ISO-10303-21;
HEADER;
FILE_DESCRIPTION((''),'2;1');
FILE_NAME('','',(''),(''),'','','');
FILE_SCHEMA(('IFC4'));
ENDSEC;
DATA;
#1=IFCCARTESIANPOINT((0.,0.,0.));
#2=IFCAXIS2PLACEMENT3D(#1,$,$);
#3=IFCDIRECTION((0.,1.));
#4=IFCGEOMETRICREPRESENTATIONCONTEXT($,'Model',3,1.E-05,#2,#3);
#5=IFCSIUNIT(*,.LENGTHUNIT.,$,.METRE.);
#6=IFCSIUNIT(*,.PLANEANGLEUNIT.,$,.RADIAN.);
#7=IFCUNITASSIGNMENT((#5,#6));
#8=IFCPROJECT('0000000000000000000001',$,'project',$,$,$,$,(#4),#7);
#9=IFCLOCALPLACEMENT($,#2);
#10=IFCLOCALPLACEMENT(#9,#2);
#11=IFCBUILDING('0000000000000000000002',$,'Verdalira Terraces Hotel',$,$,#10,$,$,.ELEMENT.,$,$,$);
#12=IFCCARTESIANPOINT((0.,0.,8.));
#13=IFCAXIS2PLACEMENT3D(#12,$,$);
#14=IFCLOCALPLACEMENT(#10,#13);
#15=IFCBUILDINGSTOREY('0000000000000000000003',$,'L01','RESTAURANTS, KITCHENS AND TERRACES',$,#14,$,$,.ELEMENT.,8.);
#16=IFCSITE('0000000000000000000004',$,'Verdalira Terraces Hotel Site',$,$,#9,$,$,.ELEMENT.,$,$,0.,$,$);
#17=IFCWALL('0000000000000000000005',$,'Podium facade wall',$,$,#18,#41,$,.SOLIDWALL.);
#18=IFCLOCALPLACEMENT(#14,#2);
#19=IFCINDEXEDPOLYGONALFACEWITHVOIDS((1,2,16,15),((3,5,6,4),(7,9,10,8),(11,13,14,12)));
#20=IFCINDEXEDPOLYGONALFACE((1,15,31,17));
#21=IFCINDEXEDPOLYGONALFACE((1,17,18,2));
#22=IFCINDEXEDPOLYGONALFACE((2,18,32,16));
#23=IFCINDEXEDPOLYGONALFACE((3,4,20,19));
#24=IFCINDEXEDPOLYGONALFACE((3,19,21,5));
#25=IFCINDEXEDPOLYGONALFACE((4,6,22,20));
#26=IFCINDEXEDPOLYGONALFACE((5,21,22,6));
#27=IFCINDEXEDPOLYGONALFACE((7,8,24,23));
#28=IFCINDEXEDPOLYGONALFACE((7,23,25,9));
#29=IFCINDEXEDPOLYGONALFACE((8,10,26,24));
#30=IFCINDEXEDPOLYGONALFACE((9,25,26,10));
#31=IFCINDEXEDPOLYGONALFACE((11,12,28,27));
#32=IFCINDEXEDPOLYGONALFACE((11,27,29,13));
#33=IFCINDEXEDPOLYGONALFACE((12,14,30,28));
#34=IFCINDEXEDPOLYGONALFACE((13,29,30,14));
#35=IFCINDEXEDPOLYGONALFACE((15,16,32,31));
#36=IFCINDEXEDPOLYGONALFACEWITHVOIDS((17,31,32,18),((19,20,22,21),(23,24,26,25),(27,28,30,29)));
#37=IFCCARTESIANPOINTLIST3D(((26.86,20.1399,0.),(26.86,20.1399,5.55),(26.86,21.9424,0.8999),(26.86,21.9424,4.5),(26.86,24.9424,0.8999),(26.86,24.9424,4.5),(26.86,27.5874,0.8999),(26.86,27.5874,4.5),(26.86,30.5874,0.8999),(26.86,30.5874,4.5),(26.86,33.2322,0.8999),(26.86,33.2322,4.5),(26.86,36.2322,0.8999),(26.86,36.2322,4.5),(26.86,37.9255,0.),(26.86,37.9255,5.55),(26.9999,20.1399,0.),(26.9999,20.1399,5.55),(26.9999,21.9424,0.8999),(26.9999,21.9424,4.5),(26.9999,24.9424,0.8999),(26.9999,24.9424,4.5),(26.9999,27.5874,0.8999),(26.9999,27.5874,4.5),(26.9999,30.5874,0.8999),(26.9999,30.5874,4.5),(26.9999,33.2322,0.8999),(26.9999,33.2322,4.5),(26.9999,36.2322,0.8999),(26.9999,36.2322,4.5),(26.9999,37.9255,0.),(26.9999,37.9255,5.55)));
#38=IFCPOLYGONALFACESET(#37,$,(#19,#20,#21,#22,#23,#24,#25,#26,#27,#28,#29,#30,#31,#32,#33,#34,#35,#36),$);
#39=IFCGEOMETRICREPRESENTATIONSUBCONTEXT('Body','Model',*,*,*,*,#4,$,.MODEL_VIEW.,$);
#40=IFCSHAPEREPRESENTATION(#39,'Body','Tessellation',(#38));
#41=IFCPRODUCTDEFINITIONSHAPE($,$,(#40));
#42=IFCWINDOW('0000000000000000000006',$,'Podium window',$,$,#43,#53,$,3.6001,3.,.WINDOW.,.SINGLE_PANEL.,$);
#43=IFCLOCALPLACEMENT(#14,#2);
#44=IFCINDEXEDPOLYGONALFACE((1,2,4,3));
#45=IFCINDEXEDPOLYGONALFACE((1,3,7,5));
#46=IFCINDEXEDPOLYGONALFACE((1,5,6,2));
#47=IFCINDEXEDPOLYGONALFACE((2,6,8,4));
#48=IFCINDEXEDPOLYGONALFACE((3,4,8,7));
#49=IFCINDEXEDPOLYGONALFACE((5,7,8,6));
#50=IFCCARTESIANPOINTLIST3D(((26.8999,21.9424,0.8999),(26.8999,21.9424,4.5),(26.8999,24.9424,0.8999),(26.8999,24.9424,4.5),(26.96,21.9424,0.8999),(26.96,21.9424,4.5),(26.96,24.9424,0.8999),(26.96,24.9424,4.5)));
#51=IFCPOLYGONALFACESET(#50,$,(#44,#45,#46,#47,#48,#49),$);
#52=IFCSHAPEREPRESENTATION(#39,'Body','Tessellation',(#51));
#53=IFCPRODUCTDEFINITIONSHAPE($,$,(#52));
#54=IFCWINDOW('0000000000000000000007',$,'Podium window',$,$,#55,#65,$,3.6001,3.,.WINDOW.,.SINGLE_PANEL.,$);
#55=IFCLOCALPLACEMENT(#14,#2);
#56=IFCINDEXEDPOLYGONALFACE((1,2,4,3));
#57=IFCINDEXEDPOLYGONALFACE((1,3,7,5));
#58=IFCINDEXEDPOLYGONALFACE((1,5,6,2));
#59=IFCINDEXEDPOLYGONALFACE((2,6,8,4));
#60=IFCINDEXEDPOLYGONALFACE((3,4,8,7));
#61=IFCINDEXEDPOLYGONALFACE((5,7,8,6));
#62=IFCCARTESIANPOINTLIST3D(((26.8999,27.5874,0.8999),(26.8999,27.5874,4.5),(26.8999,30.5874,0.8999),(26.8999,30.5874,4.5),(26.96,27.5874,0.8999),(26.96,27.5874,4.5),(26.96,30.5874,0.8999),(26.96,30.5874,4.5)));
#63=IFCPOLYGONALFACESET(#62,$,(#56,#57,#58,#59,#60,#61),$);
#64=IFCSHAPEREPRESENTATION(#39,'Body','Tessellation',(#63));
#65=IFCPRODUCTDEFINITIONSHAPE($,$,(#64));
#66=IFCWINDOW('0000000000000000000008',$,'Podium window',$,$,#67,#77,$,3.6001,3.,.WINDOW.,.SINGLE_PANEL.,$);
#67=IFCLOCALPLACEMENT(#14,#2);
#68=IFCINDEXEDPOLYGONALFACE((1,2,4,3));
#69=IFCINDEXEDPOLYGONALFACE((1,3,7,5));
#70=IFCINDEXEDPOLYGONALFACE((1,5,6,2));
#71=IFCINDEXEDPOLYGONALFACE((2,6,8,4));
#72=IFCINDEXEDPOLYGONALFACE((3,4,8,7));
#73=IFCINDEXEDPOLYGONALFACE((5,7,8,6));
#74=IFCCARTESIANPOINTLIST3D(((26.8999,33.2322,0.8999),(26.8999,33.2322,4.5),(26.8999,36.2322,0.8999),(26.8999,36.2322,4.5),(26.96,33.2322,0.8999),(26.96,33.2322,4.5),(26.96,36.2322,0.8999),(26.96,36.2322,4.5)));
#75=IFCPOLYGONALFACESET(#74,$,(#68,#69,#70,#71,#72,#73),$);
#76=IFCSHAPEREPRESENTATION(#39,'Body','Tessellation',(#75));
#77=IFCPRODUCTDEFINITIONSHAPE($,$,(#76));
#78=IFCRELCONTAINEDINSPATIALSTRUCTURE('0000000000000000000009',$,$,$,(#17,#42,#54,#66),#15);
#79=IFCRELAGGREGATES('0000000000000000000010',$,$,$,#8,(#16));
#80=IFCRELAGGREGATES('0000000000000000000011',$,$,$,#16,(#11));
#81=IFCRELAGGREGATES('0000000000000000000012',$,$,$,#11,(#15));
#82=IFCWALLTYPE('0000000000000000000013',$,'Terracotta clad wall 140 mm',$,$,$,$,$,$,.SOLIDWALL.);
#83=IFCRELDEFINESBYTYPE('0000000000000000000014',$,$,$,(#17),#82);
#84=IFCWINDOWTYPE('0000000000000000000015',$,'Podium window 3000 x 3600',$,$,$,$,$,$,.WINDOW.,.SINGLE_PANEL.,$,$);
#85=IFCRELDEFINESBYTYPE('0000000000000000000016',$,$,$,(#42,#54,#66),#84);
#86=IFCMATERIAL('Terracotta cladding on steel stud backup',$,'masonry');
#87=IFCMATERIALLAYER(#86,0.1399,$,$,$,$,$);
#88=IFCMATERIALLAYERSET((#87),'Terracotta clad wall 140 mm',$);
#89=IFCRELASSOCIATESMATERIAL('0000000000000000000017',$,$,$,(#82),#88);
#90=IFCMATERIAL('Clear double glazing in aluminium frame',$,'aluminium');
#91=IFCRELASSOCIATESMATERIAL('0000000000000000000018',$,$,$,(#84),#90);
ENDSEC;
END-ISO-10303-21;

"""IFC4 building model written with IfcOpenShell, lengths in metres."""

from ifc_helpers import new_model, si_unit, direction, frame, frame_2d, origin, place, context, subcontext, project, spatial, rectangle, extrude, material, layer, layer_set, type_object, element, fill, save


model = new_model("IFC4")

# Units and contexts
model_context = context("Model", 3, precision=1e-05, world=origin(), true_north=direction((0.0, 1.0)))
body_context = subcontext(model_context, "Body", "Model", "MODEL_VIEW")
ifc_project = project(units=[si_unit("LENGTHUNIT", "METRE"), si_unit("PLANEANGLEUNIT", "RADIAN")], contexts=[model_context])

# Site, building, storey
site_placement = place(None, origin())
site = spatial("IfcSite", under=ifc_project, at=site_placement, Name="Verdalira Terraces Hotel Site", CompositionType="ELEMENT", RefElevation=0.0)
building_placement = place(site_placement, origin())
building = spatial("IfcBuilding", under=site, at=building_placement, Name="Verdalira Terraces Hotel", CompositionType="ELEMENT")
storey_placement = place(building_placement, frame((0.0, 0.0, 8.0)))
storey = spatial("IfcBuildingStorey", under=building, at=storey_placement, Name="L01", Description="RESTAURANTS, KITCHENS AND TERRACES", CompositionType="ELEMENT", Elevation=8.0)

# Shared definitions
ifc_material_1 = material(Name="Terracotta cladding on steel stud backup", Category="masonry")
ifc_layer_1 = layer(ifc_material_1, 0.1399)
ifc_layer_set_1 = layer_set([ifc_layer_1], Name="Terracotta clad wall 140 mm")
wall_type_1 = type_object("IfcWallType", Name="Terracotta clad wall 140 mm", PredefinedType="SOLIDWALL", material=ifc_layer_set_1)

# Wall, openings, windows
wall_1_placement = place(storey_placement, frame((26.9299, 20.1399, 0.0), z_axis=(0.0, 0.0, 1.0), x_axis=(0.0, 1.0, 0.0)))
wall_1 = element("IfcWall", 1, at=wall_1_placement, inside=storey, type_object=wall_type_1, Name="Podium facade wall", PredefinedType="SOLIDWALL", context=body_context, shape_type="SweptSolid", body=[
    extrude(rectangle(XDim=17.7856, YDim=0.1399, at=frame_2d((8.8928, 0.0))), origin(), (0.0, 0.0, 1.0), 5.55),
])
opening_1_placement = place(wall_1_placement, frame((1.8025, 0.0, 0.8999)))
opening_1 = element("IfcOpeningElement", 2, at=opening_1_placement, cuts=wall_1, PredefinedType="OPENING", context=body_context, shape_type="SweptSolid", body=[
    extrude(rectangle(XDim=3.0, YDim=3.6001, at=frame_2d((1.5, 1.8))), frame((0.0, 0.0798, 0.0), z_axis=(0.0, -1.0, 0.0), x_axis=(1.0, 0.0, 0.0)), (0.0, 0.0, 1.0), 0.1599),
])
opening_2_placement = place(wall_1_placement, frame((7.4475, 0.0, 0.8999)))
opening_2 = element("IfcOpeningElement", 3, at=opening_2_placement, cuts=wall_1, PredefinedType="OPENING", context=body_context, shape_type="SweptSolid", body=[
    extrude(rectangle(XDim=3.0, YDim=3.6001, at=frame_2d((1.5, 1.8))), frame((0.0, 0.0798, 0.0), z_axis=(0.0, -1.0, 0.0), x_axis=(1.0, 0.0, 0.0)), (0.0, 0.0, 1.0), 0.1599),
])
opening_3_placement = place(wall_1_placement, frame((13.0923, 0.0, 0.8999)))
opening_3 = element("IfcOpeningElement", 4, at=opening_3_placement, cuts=wall_1, PredefinedType="OPENING", context=body_context, shape_type="SweptSolid", body=[
    extrude(rectangle(XDim=3.0, YDim=3.6001, at=frame_2d((1.5, 1.8))), frame((0.0, 0.0798, 0.0), z_axis=(0.0, -1.0, 0.0), x_axis=(1.0, 0.0, 0.0)), (0.0, 0.0, 1.0), 0.1599),
])
ifc_material_2 = material(Name="Clear double glazing in aluminium frame", Category="aluminium")
window_type_1 = type_object("IfcWindowType", Name="Podium window 3000 x 3600", PartitioningType="SINGLE_PANEL", PredefinedType="WINDOW", material=ifc_material_2)
window_1_placement = place(opening_1_placement, origin())
window_1 = element("IfcWindow", 5, at=window_1_placement, inside=storey, type_object=window_type_1, Name="Podium window", OverallHeight=3.6001, OverallWidth=3.0, PartitioningType="SINGLE_PANEL", PredefinedType="WINDOW", context=body_context, shape_type="SweptSolid", body=[
    extrude(rectangle(XDim=3.0, YDim=3.6001, at=frame_2d((1.5, 1.8))), frame((0.0, 0.03, 0.0), z_axis=(0.0, -1.0, 0.0), x_axis=(1.0, 0.0, 0.0)), (0.0, 0.0, 1.0), 0.0601),
])
fill(opening_1, window_1)
window_2_placement = place(opening_2_placement, origin())
window_2 = element("IfcWindow", 6, at=window_2_placement, inside=storey, type_object=window_type_1, Name="Podium window", OverallHeight=3.6001, OverallWidth=3.0, PartitioningType="SINGLE_PANEL", PredefinedType="WINDOW", context=body_context, shape_type="SweptSolid", body=[
    extrude(rectangle(XDim=3.0, YDim=3.6001, at=frame_2d((1.5, 1.8))), frame((0.0, 0.03, 0.0), z_axis=(0.0, -1.0, 0.0), x_axis=(1.0, 0.0, 0.0)), (0.0, 0.0, 1.0), 0.0601),
])
fill(opening_2, window_2)
window_3_placement = place(opening_3_placement, origin())
window_3 = element("IfcWindow", 7, at=window_3_placement, inside=storey, type_object=window_type_1, Name="Podium window", OverallHeight=3.6001, OverallWidth=3.0, PartitioningType="SINGLE_PANEL", PredefinedType="WINDOW", context=body_context, shape_type="SweptSolid", body=[
    extrude(rectangle(XDim=3.0, YDim=3.6001, at=frame_2d((1.5, 1.8))), frame((0.0, 0.03, 0.0), z_axis=(0.0, -1.0, 0.0), x_axis=(1.0, 0.0, 0.0)), (0.0, 0.0, 1.0), 0.0601),
])
fill(opening_3, window_3)

save(model, "model.ifc")
